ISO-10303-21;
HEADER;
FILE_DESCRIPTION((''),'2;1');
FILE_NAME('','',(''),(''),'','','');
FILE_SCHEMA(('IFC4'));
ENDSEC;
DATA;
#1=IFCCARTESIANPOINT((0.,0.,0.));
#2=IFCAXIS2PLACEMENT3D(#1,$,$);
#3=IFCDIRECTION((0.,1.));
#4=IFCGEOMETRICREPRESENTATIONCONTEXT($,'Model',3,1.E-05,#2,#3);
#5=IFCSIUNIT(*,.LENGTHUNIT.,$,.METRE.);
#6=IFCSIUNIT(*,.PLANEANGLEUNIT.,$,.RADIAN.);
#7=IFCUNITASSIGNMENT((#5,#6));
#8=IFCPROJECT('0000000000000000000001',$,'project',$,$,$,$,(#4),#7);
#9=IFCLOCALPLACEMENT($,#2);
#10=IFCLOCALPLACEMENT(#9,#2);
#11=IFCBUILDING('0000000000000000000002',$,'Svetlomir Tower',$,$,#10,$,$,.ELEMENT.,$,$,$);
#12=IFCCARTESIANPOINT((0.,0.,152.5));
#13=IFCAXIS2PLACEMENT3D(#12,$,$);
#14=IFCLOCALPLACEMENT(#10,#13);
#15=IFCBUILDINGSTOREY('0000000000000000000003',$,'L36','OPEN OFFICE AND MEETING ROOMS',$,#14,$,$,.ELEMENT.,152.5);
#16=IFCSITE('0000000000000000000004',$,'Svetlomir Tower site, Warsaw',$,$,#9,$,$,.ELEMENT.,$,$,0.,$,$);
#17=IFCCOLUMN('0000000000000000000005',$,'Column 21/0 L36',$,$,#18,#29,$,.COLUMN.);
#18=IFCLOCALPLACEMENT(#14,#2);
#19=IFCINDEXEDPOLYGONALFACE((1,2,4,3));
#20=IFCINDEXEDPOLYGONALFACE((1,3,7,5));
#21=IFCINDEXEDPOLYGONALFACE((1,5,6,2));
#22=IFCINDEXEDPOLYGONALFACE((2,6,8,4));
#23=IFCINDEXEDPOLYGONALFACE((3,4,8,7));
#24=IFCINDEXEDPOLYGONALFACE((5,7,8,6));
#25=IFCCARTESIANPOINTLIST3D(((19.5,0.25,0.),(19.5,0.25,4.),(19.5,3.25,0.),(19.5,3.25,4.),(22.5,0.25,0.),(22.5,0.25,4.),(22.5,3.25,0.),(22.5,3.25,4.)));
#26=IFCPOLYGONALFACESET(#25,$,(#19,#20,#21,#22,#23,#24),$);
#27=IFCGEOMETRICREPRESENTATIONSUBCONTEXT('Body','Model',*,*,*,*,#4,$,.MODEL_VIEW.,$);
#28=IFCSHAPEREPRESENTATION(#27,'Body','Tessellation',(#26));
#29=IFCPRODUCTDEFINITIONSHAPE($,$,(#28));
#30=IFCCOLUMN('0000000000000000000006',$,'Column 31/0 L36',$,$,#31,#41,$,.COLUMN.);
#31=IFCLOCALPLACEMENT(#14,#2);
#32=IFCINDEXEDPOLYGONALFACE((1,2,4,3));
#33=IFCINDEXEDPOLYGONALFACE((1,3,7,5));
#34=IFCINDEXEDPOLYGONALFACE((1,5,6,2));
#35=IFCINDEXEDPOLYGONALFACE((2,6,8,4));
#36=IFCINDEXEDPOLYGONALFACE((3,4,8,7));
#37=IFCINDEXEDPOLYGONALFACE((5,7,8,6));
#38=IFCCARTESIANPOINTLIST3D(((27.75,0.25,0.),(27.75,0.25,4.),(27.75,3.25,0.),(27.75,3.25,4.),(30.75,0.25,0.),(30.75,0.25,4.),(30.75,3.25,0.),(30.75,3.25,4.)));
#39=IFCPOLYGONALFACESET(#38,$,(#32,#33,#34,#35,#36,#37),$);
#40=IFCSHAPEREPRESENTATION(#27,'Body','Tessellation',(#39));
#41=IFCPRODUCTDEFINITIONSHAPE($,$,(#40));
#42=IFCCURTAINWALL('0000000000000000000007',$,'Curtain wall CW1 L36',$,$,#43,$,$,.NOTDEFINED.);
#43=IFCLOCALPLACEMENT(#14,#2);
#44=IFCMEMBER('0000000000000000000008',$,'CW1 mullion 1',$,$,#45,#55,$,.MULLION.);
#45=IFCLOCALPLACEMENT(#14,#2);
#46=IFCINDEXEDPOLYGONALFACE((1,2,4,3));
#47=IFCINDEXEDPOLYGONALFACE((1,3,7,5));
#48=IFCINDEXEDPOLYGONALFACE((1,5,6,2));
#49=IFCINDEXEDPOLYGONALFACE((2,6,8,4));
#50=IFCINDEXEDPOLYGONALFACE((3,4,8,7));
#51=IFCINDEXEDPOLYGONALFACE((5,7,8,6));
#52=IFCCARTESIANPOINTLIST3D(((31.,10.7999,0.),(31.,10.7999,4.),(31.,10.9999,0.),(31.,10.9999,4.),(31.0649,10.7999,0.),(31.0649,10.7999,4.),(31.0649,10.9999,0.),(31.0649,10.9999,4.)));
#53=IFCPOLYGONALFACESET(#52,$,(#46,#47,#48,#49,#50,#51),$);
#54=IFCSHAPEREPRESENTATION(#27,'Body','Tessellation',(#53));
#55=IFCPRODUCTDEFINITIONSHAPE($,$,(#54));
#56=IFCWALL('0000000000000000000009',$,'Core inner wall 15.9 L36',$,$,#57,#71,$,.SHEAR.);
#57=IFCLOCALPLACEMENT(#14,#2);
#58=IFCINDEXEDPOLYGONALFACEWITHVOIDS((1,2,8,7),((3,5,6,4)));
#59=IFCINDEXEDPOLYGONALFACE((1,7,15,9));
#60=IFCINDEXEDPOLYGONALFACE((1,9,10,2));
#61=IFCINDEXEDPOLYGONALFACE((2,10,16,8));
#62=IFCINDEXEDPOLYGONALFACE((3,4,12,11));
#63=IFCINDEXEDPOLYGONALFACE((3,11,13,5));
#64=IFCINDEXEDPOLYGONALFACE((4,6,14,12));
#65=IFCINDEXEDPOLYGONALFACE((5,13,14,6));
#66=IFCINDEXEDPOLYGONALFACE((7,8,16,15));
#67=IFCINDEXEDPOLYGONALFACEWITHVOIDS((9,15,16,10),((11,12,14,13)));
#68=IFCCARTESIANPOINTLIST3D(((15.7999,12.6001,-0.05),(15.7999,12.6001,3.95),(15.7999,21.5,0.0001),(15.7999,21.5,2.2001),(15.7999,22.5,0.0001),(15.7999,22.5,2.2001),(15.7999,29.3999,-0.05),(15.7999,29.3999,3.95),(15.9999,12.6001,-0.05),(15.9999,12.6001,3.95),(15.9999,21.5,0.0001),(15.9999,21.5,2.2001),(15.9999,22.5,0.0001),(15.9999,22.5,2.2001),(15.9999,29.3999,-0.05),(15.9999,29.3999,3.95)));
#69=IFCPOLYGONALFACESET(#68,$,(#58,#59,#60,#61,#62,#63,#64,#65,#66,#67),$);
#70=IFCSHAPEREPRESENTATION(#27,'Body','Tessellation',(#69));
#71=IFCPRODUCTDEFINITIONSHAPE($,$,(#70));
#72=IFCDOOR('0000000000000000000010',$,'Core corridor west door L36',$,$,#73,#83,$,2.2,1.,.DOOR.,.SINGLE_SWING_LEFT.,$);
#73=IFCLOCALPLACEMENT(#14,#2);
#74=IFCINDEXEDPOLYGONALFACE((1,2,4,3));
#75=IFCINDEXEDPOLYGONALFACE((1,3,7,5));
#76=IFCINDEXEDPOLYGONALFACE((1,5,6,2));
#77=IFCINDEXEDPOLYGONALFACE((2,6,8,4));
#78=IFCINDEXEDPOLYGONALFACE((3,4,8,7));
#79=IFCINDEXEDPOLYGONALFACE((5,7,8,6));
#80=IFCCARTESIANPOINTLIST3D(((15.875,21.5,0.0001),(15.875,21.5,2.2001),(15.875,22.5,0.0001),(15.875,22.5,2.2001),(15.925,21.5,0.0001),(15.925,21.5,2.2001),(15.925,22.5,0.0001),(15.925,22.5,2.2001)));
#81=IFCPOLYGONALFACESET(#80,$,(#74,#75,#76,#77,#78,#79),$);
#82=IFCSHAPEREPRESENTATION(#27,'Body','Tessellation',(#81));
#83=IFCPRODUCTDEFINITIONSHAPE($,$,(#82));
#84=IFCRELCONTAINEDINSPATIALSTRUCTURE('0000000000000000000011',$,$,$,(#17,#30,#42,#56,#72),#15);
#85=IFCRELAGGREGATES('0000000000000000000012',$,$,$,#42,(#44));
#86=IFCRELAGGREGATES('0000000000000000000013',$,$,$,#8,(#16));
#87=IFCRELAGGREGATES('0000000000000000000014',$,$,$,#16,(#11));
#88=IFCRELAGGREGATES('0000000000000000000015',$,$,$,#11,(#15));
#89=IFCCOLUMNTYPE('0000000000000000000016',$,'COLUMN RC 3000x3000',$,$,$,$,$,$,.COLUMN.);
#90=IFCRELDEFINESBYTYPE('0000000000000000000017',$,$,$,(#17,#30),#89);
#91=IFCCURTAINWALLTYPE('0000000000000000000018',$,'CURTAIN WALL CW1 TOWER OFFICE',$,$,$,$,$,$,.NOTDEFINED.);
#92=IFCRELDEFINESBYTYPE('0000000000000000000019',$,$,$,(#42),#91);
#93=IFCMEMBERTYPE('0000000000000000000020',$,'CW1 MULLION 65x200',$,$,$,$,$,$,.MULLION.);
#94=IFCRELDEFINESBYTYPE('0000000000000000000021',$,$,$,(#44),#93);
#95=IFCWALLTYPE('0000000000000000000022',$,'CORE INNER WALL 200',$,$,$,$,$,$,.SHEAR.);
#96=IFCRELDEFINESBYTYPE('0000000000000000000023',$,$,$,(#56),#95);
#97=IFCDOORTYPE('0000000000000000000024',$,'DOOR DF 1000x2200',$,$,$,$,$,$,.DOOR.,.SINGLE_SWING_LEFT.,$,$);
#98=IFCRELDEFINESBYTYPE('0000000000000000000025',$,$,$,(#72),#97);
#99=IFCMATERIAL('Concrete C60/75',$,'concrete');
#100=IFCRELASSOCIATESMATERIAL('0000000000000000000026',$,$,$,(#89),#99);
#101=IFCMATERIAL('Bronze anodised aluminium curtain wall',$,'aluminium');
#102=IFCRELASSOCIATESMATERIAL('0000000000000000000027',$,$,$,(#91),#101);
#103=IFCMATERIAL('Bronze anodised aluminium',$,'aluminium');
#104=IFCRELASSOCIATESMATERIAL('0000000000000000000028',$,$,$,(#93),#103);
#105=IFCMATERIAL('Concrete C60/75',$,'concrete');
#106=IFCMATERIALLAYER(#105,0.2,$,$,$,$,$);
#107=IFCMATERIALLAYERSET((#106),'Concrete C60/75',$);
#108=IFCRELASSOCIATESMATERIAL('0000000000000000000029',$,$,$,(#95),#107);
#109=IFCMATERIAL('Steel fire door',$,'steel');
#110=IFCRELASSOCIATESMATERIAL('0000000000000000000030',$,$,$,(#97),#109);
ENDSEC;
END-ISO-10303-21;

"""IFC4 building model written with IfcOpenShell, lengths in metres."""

from ifc_helpers import new_model, si_unit, direction, frame, frame_2d, origin, origin_2d, place, context, subcontext, project, spatial, rectangle, extrude, material, layer, layer_set, material_profile, profile_set, type_object, element, fill, aggregate, save


model = new_model("IFC4")

# Units and contexts
model_context = context("Model", 3, precision=1e-05, world=origin(), true_north=direction((0.0, 1.0)))
body_context = subcontext(model_context, "Body", "Model", "MODEL_VIEW")
ifc_project = project(units=[si_unit("LENGTHUNIT", "METRE"), si_unit("PLANEANGLEUNIT", "RADIAN")], contexts=[model_context])

# Site, building, storey
site_placement = place(None, origin())
site = spatial("IfcSite", under=ifc_project, at=site_placement, Name="Svetlomir Tower site, Warsaw", CompositionType="ELEMENT", RefElevation=0.0)
building_placement = place(site_placement, origin())
building = spatial("IfcBuilding", under=site, at=building_placement, Name="Svetlomir Tower", CompositionType="ELEMENT")
storey_placement = place(building_placement, frame((0.0, 0.0, 152.5)))
storey = spatial("IfcBuildingStorey", under=building, at=storey_placement, Name="L36", Description="OPEN OFFICE AND MEETING ROOMS", CompositionType="ELEMENT", Elevation=152.5)

# Columns
ifc_material_1 = material(Name="Concrete C60/75", Category="concrete")
ifc_material_profile_1 = material_profile(ifc_material_1, rectangle(XDim=3.0, YDim=3.0, at=origin_2d()), Name="RC 3000x3000")
ifc_profile_set_1 = profile_set([ifc_material_profile_1], Name="Concrete C60/75")
column_type = type_object("IfcColumnType", Name="COLUMN RC 3000x3000", PredefinedType="COLUMN", material=ifc_profile_set_1)
for number, where, z_axis, x_axis, name in (
    (1, (21.0, 1.75, 0.0), (0.0, 0.0, 1.0), (1.0, 0.0, 0.0), "Column 21/0 L36"),
    (2, (29.25, 1.75, 0.0), (0.0, 0.0, 1.0), (1.0, 0.0, 0.0), "Column 31/0 L36"),
):
    element("IfcColumn", number, at=place(storey_placement, frame(where, z_axis=z_axis, x_axis=x_axis)), inside=storey, type_object=column_type, Name=name, PredefinedType="COLUMN", context=body_context, shape_type="SweptSolid", body=[
        extrude(rectangle(XDim=3.0, YDim=3.0, at=origin_2d()), origin(), (0.0, 0.0, 1.0), 4.0),
    ])

# Curtain wall, member
ifc_material_2 = material(Name="Bronze anodised aluminium curtain wall", Category="aluminium")
curtain_wall_type = type_object("IfcCurtainWallType", Name="CURTAIN WALL CW1 TOWER OFFICE", PredefinedType="NOTDEFINED", material=ifc_material_2)
curtain_wall_placement = place(storey_placement, origin())
curtain_wall = element("IfcCurtainWall", 3, at=curtain_wall_placement, inside=storey, type_object=curtain_wall_type, Name="Curtain wall CW1 L36", PredefinedType="NOTDEFINED")
ifc_material_3 = material(Name="Bronze anodised aluminium", Category="aluminium")
ifc_material_profile_2 = material_profile(ifc_material_3, rectangle(XDim=0.0649, YDim=0.2, at=origin_2d()), Name="AL 65x200")
ifc_profile_set_2 = profile_set([ifc_material_profile_2], Name="Bronze anodised aluminium 6063-T6")
member_type = type_object("IfcMemberType", Name="CW1 MULLION 65x200", PredefinedType="MULLION", material=ifc_profile_set_2)
member_placement = place(storey_placement, frame((31.0325, 10.8999, 0.0), z_axis=(0.0, 0.0, 1.0), x_axis=(1.0, 0.0, 0.0)))
member = element("IfcMember", 4, at=member_placement, type_object=member_type, Name="CW1 mullion 1", PredefinedType="MULLION", context=body_context, shape_type="SweptSolid", body=[
    extrude(rectangle(XDim=0.0649, YDim=0.2, at=origin_2d()), origin(), (0.0, 0.0, 1.0), 4.0),
])
aggregate(curtain_wall, [member])

# Wall, opening, door
ifc_material_4 = material(Name="Concrete C60/75", Category="concrete")
ifc_layer_1 = layer(ifc_material_4, 0.2)
ifc_layer_set_1 = layer_set([ifc_layer_1], Name="Concrete C60/75")
wall_type_1 = type_object("IfcWallType", Name="CORE INNER WALL 200", PredefinedType="SHEAR", material=ifc_layer_set_1)
wall_1_placement = place(storey_placement, frame((15.8999, 12.6001, -0.05), z_axis=(0.0, 0.0, 1.0), x_axis=(0.0, 1.0, 0.0)))
wall_1 = element("IfcWall", 5, at=wall_1_placement, inside=storey, type_object=wall_type_1, Name="Core inner wall 15.9 L36", PredefinedType="SHEAR", context=body_context, shape_type="SweptSolid", body=[
    extrude(rectangle(XDim=16.7998, YDim=0.2, at=frame_2d((8.3999, 0.0))), origin(), (0.0, 0.0, 1.0), 4.0),
])
opening_1_placement = place(wall_1_placement, frame((8.8999, 0.0, 0.05)))
opening_1 = element("IfcOpeningElement", 6, at=opening_1_placement, cuts=wall_1, PredefinedType="OPENING", context=body_context, shape_type="SweptSolid", body=[
    extrude(rectangle(XDim=1.0, YDim=2.2, at=frame_2d((0.5, 1.1001))), frame((0.0, 0.1099, 0.0), z_axis=(0.0, -1.0, 0.0), x_axis=(1.0, 0.0, 0.0)), (0.0, 0.0, 1.0), 0.22),
])
ifc_material_5 = material(Name="Steel fire door", Category="steel")
door_type_1 = type_object("IfcDoorType", Name="DOOR DF 1000x2200", OperationType="SINGLE_SWING_LEFT", PredefinedType="DOOR", material=ifc_material_5)
door_1_placement = place(opening_1_placement, origin())
door_1 = element("IfcDoor", 7, at=door_1_placement, inside=storey, type_object=door_type_1, Name="Core corridor west door L36", OperationType="SINGLE_SWING_LEFT", OverallHeight=2.2, OverallWidth=1.0, PredefinedType="DOOR", context=body_context, shape_type="SweptSolid", body=[
    extrude(rectangle(XDim=1.0, YDim=2.2, at=frame_2d((0.5, 1.1001))), frame((0.0, 0.0249, 0.0), z_axis=(0.0, -1.0, 0.0), x_axis=(1.0, 0.0, 0.0)), (0.0, 0.0, 1.0), 0.05),
])
fill(opening_1, door_1)

save(model, "model.ifc")
